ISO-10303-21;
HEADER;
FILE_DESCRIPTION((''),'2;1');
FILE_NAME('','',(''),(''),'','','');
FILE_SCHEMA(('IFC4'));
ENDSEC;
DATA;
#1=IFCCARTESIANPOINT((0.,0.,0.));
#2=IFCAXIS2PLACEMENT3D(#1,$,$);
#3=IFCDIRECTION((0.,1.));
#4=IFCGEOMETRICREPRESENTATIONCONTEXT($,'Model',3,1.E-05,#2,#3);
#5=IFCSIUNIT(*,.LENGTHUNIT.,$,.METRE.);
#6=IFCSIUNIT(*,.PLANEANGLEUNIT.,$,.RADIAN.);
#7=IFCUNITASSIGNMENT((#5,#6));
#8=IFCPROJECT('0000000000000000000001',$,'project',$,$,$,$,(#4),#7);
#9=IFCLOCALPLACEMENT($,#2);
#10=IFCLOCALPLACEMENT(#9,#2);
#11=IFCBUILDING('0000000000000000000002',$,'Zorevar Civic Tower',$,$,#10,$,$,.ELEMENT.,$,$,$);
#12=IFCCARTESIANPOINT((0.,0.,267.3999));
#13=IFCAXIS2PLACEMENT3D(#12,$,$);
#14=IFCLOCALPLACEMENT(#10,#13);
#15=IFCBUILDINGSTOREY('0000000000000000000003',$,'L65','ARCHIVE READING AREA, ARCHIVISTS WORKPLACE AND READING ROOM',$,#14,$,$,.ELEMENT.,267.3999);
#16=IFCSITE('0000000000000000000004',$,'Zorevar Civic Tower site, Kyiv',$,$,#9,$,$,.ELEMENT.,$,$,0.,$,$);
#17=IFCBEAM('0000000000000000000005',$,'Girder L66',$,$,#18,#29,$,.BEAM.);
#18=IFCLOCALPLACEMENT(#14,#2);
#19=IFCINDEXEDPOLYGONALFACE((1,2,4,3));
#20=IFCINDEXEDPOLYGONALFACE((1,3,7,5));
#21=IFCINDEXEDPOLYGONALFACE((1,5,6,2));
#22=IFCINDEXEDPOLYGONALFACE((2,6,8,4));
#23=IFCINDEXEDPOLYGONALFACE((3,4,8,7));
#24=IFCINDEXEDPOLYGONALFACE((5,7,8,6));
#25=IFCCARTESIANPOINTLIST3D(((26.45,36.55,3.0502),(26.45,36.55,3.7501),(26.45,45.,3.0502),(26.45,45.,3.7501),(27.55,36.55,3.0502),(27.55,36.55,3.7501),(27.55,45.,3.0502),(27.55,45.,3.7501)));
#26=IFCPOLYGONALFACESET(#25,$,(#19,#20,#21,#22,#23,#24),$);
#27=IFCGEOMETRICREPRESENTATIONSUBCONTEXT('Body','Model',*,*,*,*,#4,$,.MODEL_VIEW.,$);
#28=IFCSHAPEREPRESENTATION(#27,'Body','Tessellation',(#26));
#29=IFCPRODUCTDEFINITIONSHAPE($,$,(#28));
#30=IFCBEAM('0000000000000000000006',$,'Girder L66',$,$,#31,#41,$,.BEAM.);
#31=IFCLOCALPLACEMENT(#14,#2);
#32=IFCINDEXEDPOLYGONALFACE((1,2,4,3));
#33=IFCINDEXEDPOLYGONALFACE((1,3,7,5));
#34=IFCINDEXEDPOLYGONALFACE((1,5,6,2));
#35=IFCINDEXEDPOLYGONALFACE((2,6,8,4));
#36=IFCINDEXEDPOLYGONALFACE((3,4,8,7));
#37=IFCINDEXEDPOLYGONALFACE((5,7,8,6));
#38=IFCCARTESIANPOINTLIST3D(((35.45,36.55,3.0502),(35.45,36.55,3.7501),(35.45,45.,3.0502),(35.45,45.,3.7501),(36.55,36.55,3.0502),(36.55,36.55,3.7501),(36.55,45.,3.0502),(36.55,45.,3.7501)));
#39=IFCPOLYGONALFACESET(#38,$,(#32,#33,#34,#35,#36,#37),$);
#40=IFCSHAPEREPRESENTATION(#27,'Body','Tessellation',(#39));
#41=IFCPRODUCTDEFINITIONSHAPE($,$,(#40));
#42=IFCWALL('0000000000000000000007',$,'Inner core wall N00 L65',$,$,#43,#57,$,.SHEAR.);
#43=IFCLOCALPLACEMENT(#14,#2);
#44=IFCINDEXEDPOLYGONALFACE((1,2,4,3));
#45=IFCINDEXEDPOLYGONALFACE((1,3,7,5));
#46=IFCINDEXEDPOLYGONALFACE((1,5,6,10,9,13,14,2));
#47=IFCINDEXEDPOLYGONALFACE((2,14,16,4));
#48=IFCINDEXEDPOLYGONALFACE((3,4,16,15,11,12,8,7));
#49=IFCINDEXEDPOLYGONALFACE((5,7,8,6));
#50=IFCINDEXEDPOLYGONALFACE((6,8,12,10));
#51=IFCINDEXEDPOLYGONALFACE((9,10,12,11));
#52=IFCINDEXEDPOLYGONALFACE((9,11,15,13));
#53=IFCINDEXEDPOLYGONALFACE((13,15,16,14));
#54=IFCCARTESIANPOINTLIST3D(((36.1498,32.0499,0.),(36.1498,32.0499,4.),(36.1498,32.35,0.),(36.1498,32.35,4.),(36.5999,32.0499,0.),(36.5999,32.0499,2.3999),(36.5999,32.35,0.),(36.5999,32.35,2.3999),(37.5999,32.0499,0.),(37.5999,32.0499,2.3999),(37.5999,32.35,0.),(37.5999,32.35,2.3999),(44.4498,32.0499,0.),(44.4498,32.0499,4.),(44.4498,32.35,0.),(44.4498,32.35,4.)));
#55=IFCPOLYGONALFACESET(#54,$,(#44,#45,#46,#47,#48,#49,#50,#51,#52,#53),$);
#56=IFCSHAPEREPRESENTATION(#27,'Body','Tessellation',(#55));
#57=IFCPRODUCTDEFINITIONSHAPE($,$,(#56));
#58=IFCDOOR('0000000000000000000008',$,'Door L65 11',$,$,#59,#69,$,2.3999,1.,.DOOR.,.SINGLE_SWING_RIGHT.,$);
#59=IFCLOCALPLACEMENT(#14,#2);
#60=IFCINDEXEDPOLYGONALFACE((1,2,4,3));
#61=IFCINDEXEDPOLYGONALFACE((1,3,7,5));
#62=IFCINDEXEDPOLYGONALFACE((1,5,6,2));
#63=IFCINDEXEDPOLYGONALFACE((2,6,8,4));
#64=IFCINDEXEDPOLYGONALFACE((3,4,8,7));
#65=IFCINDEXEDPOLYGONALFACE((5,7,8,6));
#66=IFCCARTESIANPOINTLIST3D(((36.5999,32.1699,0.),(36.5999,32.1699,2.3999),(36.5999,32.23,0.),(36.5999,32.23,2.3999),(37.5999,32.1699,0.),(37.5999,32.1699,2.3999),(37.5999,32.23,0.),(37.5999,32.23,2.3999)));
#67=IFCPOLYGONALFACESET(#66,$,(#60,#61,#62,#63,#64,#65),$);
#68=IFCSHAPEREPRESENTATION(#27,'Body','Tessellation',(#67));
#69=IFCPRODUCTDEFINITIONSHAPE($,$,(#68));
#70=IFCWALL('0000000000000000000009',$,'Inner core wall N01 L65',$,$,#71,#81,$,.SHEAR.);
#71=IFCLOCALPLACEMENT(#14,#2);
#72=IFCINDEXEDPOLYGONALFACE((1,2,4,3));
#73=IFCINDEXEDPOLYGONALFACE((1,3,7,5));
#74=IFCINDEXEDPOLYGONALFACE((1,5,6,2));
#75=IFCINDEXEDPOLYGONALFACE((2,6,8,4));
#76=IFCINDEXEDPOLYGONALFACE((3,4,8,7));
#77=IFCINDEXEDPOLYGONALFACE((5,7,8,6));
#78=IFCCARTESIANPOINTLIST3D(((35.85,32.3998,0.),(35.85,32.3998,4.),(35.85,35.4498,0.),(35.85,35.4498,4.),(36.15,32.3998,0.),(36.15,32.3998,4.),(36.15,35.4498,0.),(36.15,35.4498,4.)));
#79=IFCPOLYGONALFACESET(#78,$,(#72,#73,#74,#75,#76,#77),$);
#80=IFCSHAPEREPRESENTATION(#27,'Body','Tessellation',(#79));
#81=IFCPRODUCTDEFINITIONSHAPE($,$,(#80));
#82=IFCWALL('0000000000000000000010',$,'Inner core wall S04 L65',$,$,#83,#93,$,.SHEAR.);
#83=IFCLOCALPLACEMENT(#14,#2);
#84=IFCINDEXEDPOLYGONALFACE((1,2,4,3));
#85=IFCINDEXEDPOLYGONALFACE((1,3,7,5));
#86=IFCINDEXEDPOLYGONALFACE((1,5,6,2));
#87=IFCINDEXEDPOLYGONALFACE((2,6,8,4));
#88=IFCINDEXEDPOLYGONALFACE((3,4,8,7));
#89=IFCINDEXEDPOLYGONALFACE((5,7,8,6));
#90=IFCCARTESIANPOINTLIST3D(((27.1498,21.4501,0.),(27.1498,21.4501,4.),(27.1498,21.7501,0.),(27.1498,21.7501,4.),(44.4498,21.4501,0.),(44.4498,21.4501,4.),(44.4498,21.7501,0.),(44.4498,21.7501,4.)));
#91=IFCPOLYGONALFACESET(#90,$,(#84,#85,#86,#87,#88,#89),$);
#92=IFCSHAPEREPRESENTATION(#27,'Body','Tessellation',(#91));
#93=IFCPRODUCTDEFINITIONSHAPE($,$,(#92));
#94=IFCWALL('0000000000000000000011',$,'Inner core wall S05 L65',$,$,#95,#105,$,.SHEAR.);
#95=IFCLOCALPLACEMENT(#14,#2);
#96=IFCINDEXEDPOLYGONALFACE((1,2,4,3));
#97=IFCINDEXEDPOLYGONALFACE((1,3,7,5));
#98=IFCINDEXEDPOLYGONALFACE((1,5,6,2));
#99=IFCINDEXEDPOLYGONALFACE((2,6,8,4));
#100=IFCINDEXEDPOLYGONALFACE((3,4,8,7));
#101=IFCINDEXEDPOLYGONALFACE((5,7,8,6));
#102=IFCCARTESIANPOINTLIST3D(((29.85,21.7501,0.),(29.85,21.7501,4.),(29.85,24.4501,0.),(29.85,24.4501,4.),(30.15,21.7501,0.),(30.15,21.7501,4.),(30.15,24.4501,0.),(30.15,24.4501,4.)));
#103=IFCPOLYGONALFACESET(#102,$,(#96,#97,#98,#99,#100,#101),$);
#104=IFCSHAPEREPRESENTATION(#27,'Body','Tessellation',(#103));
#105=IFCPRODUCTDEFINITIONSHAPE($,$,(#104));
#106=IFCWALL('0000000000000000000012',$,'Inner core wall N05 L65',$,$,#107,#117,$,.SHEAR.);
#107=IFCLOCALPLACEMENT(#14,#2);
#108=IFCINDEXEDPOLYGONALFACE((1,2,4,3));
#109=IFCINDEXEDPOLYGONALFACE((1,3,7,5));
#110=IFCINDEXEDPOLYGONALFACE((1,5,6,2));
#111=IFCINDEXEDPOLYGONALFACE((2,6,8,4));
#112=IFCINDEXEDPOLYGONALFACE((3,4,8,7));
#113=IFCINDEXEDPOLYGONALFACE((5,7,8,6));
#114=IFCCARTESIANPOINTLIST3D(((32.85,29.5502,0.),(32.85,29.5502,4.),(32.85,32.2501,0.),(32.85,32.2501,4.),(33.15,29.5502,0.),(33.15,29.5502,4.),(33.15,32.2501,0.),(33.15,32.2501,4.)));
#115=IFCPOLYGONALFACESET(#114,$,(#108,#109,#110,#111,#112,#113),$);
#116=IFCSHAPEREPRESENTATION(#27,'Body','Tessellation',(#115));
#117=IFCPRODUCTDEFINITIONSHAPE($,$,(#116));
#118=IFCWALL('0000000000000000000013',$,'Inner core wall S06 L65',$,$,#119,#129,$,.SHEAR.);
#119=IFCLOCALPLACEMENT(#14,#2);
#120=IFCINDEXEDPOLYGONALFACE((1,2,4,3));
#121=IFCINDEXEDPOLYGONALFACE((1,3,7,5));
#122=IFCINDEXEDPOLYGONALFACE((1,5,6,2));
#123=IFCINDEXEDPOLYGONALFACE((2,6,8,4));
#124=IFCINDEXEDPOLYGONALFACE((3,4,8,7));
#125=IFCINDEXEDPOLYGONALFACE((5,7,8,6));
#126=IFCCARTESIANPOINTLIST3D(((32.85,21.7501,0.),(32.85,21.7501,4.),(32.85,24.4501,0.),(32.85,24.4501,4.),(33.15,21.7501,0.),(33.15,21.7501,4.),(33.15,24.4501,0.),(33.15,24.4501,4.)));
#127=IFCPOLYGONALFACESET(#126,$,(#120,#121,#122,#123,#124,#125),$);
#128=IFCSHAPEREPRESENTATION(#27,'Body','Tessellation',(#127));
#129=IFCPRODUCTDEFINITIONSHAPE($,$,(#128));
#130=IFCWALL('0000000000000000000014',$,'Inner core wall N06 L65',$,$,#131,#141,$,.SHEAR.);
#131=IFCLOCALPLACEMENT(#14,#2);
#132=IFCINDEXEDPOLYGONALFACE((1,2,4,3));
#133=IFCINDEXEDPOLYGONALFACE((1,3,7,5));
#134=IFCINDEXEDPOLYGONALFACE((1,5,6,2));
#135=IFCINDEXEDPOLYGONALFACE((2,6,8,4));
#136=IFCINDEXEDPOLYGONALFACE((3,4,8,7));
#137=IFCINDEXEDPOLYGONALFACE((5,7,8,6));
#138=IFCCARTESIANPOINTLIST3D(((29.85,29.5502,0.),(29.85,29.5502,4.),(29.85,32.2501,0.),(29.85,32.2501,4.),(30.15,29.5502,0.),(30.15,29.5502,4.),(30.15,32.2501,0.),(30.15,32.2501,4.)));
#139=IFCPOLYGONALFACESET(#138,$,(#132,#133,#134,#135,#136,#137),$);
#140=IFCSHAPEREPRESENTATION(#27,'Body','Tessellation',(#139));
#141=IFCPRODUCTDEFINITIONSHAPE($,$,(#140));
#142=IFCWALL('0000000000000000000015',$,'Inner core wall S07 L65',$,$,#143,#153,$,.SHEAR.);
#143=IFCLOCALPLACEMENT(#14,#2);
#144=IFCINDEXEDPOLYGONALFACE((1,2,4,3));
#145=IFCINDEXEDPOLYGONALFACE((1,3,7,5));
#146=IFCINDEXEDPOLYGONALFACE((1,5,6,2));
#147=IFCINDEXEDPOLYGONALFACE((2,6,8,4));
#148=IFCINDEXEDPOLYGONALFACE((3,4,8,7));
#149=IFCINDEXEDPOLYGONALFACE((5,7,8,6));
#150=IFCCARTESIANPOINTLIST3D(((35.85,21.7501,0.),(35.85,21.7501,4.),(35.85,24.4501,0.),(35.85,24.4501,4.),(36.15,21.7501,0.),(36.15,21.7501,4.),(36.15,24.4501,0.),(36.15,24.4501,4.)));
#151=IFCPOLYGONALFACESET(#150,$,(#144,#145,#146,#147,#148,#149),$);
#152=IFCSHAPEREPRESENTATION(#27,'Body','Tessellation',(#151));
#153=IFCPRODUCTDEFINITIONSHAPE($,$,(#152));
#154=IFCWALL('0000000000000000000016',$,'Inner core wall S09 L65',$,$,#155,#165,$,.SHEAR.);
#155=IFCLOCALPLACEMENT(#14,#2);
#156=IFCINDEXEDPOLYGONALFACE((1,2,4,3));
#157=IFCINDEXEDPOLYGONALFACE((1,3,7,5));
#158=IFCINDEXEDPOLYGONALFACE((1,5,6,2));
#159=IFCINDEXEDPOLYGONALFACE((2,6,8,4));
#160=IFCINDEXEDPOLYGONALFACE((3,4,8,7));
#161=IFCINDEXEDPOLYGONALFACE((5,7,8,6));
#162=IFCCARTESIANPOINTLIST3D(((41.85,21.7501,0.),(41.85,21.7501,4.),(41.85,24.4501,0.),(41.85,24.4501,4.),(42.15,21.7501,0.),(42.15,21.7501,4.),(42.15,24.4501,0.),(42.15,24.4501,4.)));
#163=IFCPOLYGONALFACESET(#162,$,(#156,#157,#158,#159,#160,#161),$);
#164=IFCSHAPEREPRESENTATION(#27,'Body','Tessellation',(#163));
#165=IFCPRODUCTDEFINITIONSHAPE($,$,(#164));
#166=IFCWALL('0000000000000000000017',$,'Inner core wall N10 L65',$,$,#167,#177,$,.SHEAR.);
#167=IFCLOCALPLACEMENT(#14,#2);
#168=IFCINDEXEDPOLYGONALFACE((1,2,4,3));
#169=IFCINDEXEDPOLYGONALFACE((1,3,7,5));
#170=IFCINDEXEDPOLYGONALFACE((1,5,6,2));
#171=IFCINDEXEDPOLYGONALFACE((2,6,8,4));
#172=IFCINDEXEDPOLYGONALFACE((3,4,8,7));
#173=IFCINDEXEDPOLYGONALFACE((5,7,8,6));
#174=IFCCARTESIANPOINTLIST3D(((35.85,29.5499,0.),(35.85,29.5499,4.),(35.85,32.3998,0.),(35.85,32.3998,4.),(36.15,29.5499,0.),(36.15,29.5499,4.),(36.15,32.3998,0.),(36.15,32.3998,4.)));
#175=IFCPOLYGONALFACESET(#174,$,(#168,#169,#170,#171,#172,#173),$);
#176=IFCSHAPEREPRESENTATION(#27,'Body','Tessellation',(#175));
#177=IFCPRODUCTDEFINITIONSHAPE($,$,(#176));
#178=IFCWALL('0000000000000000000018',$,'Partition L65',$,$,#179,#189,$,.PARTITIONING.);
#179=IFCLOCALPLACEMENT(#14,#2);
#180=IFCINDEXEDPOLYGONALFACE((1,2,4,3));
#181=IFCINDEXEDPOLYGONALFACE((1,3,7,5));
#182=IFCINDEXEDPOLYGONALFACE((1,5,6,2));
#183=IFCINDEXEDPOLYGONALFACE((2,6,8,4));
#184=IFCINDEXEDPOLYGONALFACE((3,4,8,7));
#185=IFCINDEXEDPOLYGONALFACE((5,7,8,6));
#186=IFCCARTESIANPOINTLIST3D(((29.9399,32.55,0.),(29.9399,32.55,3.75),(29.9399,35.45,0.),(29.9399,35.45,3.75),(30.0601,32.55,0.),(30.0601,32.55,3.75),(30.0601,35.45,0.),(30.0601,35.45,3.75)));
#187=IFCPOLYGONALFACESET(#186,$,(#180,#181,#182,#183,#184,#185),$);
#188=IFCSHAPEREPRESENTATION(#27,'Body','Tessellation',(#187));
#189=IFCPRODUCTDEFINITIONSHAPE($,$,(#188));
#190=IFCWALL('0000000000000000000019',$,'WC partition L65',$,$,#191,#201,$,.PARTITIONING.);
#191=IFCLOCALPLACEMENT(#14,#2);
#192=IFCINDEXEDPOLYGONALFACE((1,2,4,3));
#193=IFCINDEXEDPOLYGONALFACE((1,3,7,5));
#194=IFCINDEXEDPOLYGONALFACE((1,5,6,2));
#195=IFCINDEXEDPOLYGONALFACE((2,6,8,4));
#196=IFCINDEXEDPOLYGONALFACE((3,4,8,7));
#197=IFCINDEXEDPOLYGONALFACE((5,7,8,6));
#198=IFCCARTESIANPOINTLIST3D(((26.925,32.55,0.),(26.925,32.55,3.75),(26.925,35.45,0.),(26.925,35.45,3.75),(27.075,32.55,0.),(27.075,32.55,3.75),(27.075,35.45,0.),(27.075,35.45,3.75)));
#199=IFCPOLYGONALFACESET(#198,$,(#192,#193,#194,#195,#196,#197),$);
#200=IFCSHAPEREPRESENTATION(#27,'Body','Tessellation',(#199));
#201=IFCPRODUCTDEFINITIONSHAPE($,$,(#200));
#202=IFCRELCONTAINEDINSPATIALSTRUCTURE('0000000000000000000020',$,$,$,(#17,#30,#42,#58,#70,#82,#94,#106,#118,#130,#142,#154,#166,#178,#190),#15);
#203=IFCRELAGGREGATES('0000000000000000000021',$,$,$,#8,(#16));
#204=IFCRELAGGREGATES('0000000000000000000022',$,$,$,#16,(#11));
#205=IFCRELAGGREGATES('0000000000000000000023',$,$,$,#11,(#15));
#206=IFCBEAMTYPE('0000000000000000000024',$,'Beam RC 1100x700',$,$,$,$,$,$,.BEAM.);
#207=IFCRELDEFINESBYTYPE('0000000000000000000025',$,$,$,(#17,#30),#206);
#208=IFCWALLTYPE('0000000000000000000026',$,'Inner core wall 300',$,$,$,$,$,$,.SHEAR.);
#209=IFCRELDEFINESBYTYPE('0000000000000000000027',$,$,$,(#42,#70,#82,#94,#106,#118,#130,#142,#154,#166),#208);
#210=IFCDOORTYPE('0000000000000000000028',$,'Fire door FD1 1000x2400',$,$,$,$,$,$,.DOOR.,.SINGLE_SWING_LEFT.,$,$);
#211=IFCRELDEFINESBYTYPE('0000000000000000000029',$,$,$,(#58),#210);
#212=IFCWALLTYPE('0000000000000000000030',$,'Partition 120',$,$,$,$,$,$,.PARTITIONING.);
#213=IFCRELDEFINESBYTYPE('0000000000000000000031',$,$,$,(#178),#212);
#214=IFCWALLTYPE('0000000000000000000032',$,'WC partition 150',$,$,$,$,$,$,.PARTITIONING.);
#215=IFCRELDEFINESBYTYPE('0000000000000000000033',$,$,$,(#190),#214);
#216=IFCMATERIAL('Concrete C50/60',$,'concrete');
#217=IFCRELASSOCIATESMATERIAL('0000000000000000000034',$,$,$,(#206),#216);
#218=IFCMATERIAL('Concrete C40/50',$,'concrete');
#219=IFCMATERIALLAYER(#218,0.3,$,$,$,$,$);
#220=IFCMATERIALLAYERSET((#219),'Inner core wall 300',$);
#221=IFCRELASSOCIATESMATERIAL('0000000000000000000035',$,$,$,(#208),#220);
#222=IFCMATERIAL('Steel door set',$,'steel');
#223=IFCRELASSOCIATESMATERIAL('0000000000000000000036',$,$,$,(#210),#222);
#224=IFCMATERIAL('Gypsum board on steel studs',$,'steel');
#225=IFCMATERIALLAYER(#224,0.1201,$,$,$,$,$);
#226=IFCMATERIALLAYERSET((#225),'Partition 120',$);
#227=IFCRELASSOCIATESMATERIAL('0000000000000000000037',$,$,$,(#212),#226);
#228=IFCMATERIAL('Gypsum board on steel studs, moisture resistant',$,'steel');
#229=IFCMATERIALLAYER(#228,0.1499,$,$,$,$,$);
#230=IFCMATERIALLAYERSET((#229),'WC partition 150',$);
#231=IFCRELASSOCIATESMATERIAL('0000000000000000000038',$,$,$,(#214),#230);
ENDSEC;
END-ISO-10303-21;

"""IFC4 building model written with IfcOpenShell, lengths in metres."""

from ifc_helpers import new_model, si_unit, direction, frame, frame_2d, origin, origin_2d, place, context, subcontext, project, spatial, rectangle, extrude, material, layer, layer_set, material_profile, profile_set, type_object, element, fill, save


model = new_model("IFC4")

# Units and contexts
model_context = context("Model", 3, precision=1e-05, world=origin(), true_north=direction((0.0, 1.0)))
body_context = subcontext(model_context, "Body", "Model", "MODEL_VIEW")
ifc_project = project(units=[si_unit("LENGTHUNIT", "METRE"), si_unit("PLANEANGLEUNIT", "RADIAN")], contexts=[model_context])

# Site, building, storey
site_placement = place(None, origin())
site = spatial("IfcSite", under=ifc_project, at=site_placement, Name="Zorevar Civic Tower site, Kyiv", CompositionType="ELEMENT", RefElevation=0.0)
building_placement = place(site_placement, origin())
building = spatial("IfcBuilding", under=site, at=building_placement, Name="Zorevar Civic Tower", CompositionType="ELEMENT")
storey_placement = place(building_placement, frame((0.0, 0.0, 267.3999)))
storey = spatial("IfcBuildingStorey", under=building, at=storey_placement, Name="L65", Description="ARCHIVE READING AREA, ARCHIVISTS WORKPLACE AND READING ROOM", CompositionType="ELEMENT", Elevation=267.3999)

# Beams
ifc_material_1 = material(Name="Concrete C50/60", Category="concrete")
ifc_material_profile = material_profile(ifc_material_1, rectangle(XDim=1.1001, YDim=0.7, at=origin_2d()), Name="RC 1100x700")
ifc_profile_set = profile_set([ifc_material_profile], Name="Concrete C50/60")
beam_type = type_object("IfcBeamType", Name="Beam RC 1100x700", PredefinedType="BEAM", material=ifc_profile_set)
for number, where, z_axis, x_axis, name in (
    (1, (27.0, 36.55, 3.4001), (0.0, 1.0, 0.0), (-1.0, 0.0, 0.0), "Girder L66"),
    (2, (36.0, 36.55, 3.4001), (0.0, 1.0, 0.0), (-1.0, 0.0, 0.0), "Girder L66"),
):
    element("IfcBeam", number, at=place(storey_placement, frame(where, z_axis=z_axis, x_axis=x_axis)), inside=storey, type_object=beam_type, Name=name, PredefinedType="BEAM", context=body_context, shape_type="SweptSolid", body=[
        extrude(rectangle(XDim=1.1001, YDim=0.7, at=origin_2d()), origin(), (0.0, 0.0, 1.0), 8.45),
    ])

# Wall, opening, door
ifc_material_2 = material(Name="Concrete C40/50", Category="concrete")
ifc_layer_1 = layer(ifc_material_2, 0.3)
ifc_layer_set_1 = layer_set([ifc_layer_1], Name="Inner core wall 300")
wall_type_1 = type_object("IfcWallType", Name="Inner core wall 300", PredefinedType="SHEAR", material=ifc_layer_set_1)
wall_1_placement = place(storey_placement, frame((36.1499, 32.2, 0.0), z_axis=(0.0, 0.0, 1.0), x_axis=(1.0, 0.0, 0.0)))
wall_1 = element("IfcWall", 3, at=wall_1_placement, inside=storey, type_object=wall_type_1, Name="Inner core wall N00 L65", PredefinedType="SHEAR", context=body_context, shape_type="SweptSolid", body=[
    extrude(rectangle(XDim=8.3, YDim=0.3, at=frame_2d((4.1499, 0.0))), origin(), (0.0, 0.0, 1.0), 4.0),
])
opening_1_placement = place(wall_1_placement, frame((0.45, 0.0, 0.0)))
opening_1 = element("IfcOpeningElement", 4, at=opening_1_placement, cuts=wall_1, PredefinedType="OPENING", context=body_context, shape_type="SweptSolid", body=[
    extrude(rectangle(XDim=1.0, YDim=2.3999, at=frame_2d((0.5, 1.2))), frame((0.0, 0.1599, 0.0), z_axis=(0.0, -1.0, 0.0), x_axis=(1.0, 0.0, 0.0)), (0.0, 0.0, 1.0), 0.3201),
])
ifc_material_3 = material(Name="Steel door set", Category="steel")
door_type_1 = type_object("IfcDoorType", Name="Fire door FD1 1000x2400", OperationType="SINGLE_SWING_LEFT", PredefinedType="DOOR", material=ifc_material_3)
door_1_placement = place(opening_1_placement, origin())
door_1 = element("IfcDoor", 5, at=door_1_placement, inside=storey, type_object=door_type_1, Name="Door L65 11", OperationType="SINGLE_SWING_RIGHT", OverallHeight=2.3999, OverallWidth=1.0, PredefinedType="DOOR", context=body_context, shape_type="SweptSolid", body=[
    extrude(rectangle(XDim=1.0, YDim=2.3999, at=frame_2d((0.5, 1.2))), frame((0.0, 0.03, 0.0), z_axis=(0.0, -1.0, 0.0), x_axis=(1.0, 0.0, 0.0)), (0.0, 0.0, 1.0), 0.0601),
])
fill(opening_1, door_1)

# Wall
wall_2_placement = place(storey_placement, frame((36.0, 32.3999, 0.0), z_axis=(0.0, 0.0, 1.0), x_axis=(0.0, 1.0, 0.0)))
element("IfcWall", 6, at=wall_2_placement, inside=storey, type_object=wall_type_1, Name="Inner core wall N01 L65", PredefinedType="SHEAR", context=body_context, shape_type="SweptSolid", body=[
    extrude(rectangle(XDim=3.05, YDim=0.3, at=frame_2d((1.5249, 0.0))), origin(), (0.0, 0.0, 1.0), 4.0),
])

# Walls
wall_3_placement = place(storey_placement, frame((27.1499, 21.6001, 0.0), z_axis=(0.0, 0.0, 1.0), x_axis=(1.0, 0.0, 0.0)))
element("IfcWall", 7, at=wall_3_placement, inside=storey, type_object=wall_type_1, Name="Inner core wall S04 L65", PredefinedType="SHEAR", context=body_context, shape_type="SweptSolid", body=[
    extrude(rectangle(XDim=17.3, YDim=0.3, at=frame_2d((8.6499, 0.0))), origin(), (0.0, 0.0, 1.0), 4.0),
])
for number, where, z_axis, x_axis, name in (
    (8, (30.0, 21.75, 0.0), (0.0, 0.0, 1.0), (0.0, 1.0, 0.0), "Inner core wall S05 L65"),
    (9, (33.0, 29.55, 0.0), (0.0, 0.0, 1.0), (0.0, 1.0, 0.0), "Inner core wall N05 L65"),
    (10, (33.0, 21.75, 0.0), (0.0, 0.0, 1.0), (0.0, 1.0, 0.0), "Inner core wall S06 L65"),
    (11, (30.0, 29.55, 0.0), (0.0, 0.0, 1.0), (0.0, 1.0, 0.0), "Inner core wall N06 L65"),
    (12, (36.0, 21.75, 0.0), (0.0, 0.0, 1.0), (0.0, 1.0, 0.0), "Inner core wall S07 L65"),
    (13, (42.0, 21.75, 0.0), (0.0, 0.0, 1.0), (0.0, 1.0, 0.0), "Inner core wall S09 L65"),
):
    element("IfcWall", number, at=place(storey_placement, frame(where, z_axis=z_axis, x_axis=x_axis)), inside=storey, type_object=wall_type_1, Name=name, PredefinedType="SHEAR", context=body_context, shape_type="SweptSolid", body=[
        extrude(rectangle(XDim=2.7, YDim=0.3, at=frame_2d((1.3501, 0.0))), origin(), (0.0, 0.0, 1.0), 4.0),
    ])
wall_4_placement = place(storey_placement, frame((36.0, 29.55, 0.0), z_axis=(0.0, 0.0, 1.0), x_axis=(0.0, 1.0, 0.0)))
element("IfcWall", 14, at=wall_4_placement, inside=storey, type_object=wall_type_1, Name="Inner core wall N10 L65", PredefinedType="SHEAR", context=body_context, shape_type="SweptSolid", body=[
    extrude(rectangle(XDim=2.8499, YDim=0.3, at=frame_2d((1.4248, 0.0))), origin(), (0.0, 0.0, 1.0), 4.0),
])
ifc_material_4 = material(Name="Gypsum board on steel studs", Category="steel")
ifc_layer_2 = layer(ifc_material_4, 0.1201)
ifc_layer_set_2 = layer_set([ifc_layer_2], Name="Partition 120")
wall_type_2 = type_object("IfcWallType", Name="Partition 120", PredefinedType="PARTITIONING", material=ifc_layer_set_2)
wall_5_placement = place(storey_placement, frame((30.0, 32.55, 0.0), z_axis=(0.0, 0.0, 1.0), x_axis=(0.0, 1.0, 0.0)))
element("IfcWall", 15, at=wall_5_placement, inside=storey, type_object=wall_type_2, Name="Partition L65", PredefinedType="PARTITIONING", context=body_context, shape_type="SweptSolid", body=[
    extrude(rectangle(XDim=2.8999, YDim=0.1201, at=frame_2d((1.45, 0.0))), origin(), (0.0, 0.0, 1.0), 3.75),
])
ifc_material_5 = material(Name="Gypsum board on steel studs, moisture resistant", Category="steel")
ifc_layer_3 = layer(ifc_material_5, 0.1499)
ifc_layer_set_3 = layer_set([ifc_layer_3], Name="WC partition 150")
wall_type_3 = type_object("IfcWallType", Name="WC partition 150", PredefinedType="PARTITIONING", material=ifc_layer_set_3)
wall_6_placement = place(storey_placement, frame((27.0, 32.55, 0.0), z_axis=(0.0, 0.0, 1.0), x_axis=(0.0, 1.0, 0.0)))
element("IfcWall", 16, at=wall_6_placement, inside=storey, type_object=wall_type_3, Name="WC partition L65", PredefinedType="PARTITIONING", context=body_context, shape_type="SweptSolid", body=[
    extrude(rectangle(XDim=2.8999, YDim=0.1499, at=frame_2d((1.45, 0.0))), origin(), (0.0, 0.0, 1.0), 3.75),
])

save(model, "model.ifc")
